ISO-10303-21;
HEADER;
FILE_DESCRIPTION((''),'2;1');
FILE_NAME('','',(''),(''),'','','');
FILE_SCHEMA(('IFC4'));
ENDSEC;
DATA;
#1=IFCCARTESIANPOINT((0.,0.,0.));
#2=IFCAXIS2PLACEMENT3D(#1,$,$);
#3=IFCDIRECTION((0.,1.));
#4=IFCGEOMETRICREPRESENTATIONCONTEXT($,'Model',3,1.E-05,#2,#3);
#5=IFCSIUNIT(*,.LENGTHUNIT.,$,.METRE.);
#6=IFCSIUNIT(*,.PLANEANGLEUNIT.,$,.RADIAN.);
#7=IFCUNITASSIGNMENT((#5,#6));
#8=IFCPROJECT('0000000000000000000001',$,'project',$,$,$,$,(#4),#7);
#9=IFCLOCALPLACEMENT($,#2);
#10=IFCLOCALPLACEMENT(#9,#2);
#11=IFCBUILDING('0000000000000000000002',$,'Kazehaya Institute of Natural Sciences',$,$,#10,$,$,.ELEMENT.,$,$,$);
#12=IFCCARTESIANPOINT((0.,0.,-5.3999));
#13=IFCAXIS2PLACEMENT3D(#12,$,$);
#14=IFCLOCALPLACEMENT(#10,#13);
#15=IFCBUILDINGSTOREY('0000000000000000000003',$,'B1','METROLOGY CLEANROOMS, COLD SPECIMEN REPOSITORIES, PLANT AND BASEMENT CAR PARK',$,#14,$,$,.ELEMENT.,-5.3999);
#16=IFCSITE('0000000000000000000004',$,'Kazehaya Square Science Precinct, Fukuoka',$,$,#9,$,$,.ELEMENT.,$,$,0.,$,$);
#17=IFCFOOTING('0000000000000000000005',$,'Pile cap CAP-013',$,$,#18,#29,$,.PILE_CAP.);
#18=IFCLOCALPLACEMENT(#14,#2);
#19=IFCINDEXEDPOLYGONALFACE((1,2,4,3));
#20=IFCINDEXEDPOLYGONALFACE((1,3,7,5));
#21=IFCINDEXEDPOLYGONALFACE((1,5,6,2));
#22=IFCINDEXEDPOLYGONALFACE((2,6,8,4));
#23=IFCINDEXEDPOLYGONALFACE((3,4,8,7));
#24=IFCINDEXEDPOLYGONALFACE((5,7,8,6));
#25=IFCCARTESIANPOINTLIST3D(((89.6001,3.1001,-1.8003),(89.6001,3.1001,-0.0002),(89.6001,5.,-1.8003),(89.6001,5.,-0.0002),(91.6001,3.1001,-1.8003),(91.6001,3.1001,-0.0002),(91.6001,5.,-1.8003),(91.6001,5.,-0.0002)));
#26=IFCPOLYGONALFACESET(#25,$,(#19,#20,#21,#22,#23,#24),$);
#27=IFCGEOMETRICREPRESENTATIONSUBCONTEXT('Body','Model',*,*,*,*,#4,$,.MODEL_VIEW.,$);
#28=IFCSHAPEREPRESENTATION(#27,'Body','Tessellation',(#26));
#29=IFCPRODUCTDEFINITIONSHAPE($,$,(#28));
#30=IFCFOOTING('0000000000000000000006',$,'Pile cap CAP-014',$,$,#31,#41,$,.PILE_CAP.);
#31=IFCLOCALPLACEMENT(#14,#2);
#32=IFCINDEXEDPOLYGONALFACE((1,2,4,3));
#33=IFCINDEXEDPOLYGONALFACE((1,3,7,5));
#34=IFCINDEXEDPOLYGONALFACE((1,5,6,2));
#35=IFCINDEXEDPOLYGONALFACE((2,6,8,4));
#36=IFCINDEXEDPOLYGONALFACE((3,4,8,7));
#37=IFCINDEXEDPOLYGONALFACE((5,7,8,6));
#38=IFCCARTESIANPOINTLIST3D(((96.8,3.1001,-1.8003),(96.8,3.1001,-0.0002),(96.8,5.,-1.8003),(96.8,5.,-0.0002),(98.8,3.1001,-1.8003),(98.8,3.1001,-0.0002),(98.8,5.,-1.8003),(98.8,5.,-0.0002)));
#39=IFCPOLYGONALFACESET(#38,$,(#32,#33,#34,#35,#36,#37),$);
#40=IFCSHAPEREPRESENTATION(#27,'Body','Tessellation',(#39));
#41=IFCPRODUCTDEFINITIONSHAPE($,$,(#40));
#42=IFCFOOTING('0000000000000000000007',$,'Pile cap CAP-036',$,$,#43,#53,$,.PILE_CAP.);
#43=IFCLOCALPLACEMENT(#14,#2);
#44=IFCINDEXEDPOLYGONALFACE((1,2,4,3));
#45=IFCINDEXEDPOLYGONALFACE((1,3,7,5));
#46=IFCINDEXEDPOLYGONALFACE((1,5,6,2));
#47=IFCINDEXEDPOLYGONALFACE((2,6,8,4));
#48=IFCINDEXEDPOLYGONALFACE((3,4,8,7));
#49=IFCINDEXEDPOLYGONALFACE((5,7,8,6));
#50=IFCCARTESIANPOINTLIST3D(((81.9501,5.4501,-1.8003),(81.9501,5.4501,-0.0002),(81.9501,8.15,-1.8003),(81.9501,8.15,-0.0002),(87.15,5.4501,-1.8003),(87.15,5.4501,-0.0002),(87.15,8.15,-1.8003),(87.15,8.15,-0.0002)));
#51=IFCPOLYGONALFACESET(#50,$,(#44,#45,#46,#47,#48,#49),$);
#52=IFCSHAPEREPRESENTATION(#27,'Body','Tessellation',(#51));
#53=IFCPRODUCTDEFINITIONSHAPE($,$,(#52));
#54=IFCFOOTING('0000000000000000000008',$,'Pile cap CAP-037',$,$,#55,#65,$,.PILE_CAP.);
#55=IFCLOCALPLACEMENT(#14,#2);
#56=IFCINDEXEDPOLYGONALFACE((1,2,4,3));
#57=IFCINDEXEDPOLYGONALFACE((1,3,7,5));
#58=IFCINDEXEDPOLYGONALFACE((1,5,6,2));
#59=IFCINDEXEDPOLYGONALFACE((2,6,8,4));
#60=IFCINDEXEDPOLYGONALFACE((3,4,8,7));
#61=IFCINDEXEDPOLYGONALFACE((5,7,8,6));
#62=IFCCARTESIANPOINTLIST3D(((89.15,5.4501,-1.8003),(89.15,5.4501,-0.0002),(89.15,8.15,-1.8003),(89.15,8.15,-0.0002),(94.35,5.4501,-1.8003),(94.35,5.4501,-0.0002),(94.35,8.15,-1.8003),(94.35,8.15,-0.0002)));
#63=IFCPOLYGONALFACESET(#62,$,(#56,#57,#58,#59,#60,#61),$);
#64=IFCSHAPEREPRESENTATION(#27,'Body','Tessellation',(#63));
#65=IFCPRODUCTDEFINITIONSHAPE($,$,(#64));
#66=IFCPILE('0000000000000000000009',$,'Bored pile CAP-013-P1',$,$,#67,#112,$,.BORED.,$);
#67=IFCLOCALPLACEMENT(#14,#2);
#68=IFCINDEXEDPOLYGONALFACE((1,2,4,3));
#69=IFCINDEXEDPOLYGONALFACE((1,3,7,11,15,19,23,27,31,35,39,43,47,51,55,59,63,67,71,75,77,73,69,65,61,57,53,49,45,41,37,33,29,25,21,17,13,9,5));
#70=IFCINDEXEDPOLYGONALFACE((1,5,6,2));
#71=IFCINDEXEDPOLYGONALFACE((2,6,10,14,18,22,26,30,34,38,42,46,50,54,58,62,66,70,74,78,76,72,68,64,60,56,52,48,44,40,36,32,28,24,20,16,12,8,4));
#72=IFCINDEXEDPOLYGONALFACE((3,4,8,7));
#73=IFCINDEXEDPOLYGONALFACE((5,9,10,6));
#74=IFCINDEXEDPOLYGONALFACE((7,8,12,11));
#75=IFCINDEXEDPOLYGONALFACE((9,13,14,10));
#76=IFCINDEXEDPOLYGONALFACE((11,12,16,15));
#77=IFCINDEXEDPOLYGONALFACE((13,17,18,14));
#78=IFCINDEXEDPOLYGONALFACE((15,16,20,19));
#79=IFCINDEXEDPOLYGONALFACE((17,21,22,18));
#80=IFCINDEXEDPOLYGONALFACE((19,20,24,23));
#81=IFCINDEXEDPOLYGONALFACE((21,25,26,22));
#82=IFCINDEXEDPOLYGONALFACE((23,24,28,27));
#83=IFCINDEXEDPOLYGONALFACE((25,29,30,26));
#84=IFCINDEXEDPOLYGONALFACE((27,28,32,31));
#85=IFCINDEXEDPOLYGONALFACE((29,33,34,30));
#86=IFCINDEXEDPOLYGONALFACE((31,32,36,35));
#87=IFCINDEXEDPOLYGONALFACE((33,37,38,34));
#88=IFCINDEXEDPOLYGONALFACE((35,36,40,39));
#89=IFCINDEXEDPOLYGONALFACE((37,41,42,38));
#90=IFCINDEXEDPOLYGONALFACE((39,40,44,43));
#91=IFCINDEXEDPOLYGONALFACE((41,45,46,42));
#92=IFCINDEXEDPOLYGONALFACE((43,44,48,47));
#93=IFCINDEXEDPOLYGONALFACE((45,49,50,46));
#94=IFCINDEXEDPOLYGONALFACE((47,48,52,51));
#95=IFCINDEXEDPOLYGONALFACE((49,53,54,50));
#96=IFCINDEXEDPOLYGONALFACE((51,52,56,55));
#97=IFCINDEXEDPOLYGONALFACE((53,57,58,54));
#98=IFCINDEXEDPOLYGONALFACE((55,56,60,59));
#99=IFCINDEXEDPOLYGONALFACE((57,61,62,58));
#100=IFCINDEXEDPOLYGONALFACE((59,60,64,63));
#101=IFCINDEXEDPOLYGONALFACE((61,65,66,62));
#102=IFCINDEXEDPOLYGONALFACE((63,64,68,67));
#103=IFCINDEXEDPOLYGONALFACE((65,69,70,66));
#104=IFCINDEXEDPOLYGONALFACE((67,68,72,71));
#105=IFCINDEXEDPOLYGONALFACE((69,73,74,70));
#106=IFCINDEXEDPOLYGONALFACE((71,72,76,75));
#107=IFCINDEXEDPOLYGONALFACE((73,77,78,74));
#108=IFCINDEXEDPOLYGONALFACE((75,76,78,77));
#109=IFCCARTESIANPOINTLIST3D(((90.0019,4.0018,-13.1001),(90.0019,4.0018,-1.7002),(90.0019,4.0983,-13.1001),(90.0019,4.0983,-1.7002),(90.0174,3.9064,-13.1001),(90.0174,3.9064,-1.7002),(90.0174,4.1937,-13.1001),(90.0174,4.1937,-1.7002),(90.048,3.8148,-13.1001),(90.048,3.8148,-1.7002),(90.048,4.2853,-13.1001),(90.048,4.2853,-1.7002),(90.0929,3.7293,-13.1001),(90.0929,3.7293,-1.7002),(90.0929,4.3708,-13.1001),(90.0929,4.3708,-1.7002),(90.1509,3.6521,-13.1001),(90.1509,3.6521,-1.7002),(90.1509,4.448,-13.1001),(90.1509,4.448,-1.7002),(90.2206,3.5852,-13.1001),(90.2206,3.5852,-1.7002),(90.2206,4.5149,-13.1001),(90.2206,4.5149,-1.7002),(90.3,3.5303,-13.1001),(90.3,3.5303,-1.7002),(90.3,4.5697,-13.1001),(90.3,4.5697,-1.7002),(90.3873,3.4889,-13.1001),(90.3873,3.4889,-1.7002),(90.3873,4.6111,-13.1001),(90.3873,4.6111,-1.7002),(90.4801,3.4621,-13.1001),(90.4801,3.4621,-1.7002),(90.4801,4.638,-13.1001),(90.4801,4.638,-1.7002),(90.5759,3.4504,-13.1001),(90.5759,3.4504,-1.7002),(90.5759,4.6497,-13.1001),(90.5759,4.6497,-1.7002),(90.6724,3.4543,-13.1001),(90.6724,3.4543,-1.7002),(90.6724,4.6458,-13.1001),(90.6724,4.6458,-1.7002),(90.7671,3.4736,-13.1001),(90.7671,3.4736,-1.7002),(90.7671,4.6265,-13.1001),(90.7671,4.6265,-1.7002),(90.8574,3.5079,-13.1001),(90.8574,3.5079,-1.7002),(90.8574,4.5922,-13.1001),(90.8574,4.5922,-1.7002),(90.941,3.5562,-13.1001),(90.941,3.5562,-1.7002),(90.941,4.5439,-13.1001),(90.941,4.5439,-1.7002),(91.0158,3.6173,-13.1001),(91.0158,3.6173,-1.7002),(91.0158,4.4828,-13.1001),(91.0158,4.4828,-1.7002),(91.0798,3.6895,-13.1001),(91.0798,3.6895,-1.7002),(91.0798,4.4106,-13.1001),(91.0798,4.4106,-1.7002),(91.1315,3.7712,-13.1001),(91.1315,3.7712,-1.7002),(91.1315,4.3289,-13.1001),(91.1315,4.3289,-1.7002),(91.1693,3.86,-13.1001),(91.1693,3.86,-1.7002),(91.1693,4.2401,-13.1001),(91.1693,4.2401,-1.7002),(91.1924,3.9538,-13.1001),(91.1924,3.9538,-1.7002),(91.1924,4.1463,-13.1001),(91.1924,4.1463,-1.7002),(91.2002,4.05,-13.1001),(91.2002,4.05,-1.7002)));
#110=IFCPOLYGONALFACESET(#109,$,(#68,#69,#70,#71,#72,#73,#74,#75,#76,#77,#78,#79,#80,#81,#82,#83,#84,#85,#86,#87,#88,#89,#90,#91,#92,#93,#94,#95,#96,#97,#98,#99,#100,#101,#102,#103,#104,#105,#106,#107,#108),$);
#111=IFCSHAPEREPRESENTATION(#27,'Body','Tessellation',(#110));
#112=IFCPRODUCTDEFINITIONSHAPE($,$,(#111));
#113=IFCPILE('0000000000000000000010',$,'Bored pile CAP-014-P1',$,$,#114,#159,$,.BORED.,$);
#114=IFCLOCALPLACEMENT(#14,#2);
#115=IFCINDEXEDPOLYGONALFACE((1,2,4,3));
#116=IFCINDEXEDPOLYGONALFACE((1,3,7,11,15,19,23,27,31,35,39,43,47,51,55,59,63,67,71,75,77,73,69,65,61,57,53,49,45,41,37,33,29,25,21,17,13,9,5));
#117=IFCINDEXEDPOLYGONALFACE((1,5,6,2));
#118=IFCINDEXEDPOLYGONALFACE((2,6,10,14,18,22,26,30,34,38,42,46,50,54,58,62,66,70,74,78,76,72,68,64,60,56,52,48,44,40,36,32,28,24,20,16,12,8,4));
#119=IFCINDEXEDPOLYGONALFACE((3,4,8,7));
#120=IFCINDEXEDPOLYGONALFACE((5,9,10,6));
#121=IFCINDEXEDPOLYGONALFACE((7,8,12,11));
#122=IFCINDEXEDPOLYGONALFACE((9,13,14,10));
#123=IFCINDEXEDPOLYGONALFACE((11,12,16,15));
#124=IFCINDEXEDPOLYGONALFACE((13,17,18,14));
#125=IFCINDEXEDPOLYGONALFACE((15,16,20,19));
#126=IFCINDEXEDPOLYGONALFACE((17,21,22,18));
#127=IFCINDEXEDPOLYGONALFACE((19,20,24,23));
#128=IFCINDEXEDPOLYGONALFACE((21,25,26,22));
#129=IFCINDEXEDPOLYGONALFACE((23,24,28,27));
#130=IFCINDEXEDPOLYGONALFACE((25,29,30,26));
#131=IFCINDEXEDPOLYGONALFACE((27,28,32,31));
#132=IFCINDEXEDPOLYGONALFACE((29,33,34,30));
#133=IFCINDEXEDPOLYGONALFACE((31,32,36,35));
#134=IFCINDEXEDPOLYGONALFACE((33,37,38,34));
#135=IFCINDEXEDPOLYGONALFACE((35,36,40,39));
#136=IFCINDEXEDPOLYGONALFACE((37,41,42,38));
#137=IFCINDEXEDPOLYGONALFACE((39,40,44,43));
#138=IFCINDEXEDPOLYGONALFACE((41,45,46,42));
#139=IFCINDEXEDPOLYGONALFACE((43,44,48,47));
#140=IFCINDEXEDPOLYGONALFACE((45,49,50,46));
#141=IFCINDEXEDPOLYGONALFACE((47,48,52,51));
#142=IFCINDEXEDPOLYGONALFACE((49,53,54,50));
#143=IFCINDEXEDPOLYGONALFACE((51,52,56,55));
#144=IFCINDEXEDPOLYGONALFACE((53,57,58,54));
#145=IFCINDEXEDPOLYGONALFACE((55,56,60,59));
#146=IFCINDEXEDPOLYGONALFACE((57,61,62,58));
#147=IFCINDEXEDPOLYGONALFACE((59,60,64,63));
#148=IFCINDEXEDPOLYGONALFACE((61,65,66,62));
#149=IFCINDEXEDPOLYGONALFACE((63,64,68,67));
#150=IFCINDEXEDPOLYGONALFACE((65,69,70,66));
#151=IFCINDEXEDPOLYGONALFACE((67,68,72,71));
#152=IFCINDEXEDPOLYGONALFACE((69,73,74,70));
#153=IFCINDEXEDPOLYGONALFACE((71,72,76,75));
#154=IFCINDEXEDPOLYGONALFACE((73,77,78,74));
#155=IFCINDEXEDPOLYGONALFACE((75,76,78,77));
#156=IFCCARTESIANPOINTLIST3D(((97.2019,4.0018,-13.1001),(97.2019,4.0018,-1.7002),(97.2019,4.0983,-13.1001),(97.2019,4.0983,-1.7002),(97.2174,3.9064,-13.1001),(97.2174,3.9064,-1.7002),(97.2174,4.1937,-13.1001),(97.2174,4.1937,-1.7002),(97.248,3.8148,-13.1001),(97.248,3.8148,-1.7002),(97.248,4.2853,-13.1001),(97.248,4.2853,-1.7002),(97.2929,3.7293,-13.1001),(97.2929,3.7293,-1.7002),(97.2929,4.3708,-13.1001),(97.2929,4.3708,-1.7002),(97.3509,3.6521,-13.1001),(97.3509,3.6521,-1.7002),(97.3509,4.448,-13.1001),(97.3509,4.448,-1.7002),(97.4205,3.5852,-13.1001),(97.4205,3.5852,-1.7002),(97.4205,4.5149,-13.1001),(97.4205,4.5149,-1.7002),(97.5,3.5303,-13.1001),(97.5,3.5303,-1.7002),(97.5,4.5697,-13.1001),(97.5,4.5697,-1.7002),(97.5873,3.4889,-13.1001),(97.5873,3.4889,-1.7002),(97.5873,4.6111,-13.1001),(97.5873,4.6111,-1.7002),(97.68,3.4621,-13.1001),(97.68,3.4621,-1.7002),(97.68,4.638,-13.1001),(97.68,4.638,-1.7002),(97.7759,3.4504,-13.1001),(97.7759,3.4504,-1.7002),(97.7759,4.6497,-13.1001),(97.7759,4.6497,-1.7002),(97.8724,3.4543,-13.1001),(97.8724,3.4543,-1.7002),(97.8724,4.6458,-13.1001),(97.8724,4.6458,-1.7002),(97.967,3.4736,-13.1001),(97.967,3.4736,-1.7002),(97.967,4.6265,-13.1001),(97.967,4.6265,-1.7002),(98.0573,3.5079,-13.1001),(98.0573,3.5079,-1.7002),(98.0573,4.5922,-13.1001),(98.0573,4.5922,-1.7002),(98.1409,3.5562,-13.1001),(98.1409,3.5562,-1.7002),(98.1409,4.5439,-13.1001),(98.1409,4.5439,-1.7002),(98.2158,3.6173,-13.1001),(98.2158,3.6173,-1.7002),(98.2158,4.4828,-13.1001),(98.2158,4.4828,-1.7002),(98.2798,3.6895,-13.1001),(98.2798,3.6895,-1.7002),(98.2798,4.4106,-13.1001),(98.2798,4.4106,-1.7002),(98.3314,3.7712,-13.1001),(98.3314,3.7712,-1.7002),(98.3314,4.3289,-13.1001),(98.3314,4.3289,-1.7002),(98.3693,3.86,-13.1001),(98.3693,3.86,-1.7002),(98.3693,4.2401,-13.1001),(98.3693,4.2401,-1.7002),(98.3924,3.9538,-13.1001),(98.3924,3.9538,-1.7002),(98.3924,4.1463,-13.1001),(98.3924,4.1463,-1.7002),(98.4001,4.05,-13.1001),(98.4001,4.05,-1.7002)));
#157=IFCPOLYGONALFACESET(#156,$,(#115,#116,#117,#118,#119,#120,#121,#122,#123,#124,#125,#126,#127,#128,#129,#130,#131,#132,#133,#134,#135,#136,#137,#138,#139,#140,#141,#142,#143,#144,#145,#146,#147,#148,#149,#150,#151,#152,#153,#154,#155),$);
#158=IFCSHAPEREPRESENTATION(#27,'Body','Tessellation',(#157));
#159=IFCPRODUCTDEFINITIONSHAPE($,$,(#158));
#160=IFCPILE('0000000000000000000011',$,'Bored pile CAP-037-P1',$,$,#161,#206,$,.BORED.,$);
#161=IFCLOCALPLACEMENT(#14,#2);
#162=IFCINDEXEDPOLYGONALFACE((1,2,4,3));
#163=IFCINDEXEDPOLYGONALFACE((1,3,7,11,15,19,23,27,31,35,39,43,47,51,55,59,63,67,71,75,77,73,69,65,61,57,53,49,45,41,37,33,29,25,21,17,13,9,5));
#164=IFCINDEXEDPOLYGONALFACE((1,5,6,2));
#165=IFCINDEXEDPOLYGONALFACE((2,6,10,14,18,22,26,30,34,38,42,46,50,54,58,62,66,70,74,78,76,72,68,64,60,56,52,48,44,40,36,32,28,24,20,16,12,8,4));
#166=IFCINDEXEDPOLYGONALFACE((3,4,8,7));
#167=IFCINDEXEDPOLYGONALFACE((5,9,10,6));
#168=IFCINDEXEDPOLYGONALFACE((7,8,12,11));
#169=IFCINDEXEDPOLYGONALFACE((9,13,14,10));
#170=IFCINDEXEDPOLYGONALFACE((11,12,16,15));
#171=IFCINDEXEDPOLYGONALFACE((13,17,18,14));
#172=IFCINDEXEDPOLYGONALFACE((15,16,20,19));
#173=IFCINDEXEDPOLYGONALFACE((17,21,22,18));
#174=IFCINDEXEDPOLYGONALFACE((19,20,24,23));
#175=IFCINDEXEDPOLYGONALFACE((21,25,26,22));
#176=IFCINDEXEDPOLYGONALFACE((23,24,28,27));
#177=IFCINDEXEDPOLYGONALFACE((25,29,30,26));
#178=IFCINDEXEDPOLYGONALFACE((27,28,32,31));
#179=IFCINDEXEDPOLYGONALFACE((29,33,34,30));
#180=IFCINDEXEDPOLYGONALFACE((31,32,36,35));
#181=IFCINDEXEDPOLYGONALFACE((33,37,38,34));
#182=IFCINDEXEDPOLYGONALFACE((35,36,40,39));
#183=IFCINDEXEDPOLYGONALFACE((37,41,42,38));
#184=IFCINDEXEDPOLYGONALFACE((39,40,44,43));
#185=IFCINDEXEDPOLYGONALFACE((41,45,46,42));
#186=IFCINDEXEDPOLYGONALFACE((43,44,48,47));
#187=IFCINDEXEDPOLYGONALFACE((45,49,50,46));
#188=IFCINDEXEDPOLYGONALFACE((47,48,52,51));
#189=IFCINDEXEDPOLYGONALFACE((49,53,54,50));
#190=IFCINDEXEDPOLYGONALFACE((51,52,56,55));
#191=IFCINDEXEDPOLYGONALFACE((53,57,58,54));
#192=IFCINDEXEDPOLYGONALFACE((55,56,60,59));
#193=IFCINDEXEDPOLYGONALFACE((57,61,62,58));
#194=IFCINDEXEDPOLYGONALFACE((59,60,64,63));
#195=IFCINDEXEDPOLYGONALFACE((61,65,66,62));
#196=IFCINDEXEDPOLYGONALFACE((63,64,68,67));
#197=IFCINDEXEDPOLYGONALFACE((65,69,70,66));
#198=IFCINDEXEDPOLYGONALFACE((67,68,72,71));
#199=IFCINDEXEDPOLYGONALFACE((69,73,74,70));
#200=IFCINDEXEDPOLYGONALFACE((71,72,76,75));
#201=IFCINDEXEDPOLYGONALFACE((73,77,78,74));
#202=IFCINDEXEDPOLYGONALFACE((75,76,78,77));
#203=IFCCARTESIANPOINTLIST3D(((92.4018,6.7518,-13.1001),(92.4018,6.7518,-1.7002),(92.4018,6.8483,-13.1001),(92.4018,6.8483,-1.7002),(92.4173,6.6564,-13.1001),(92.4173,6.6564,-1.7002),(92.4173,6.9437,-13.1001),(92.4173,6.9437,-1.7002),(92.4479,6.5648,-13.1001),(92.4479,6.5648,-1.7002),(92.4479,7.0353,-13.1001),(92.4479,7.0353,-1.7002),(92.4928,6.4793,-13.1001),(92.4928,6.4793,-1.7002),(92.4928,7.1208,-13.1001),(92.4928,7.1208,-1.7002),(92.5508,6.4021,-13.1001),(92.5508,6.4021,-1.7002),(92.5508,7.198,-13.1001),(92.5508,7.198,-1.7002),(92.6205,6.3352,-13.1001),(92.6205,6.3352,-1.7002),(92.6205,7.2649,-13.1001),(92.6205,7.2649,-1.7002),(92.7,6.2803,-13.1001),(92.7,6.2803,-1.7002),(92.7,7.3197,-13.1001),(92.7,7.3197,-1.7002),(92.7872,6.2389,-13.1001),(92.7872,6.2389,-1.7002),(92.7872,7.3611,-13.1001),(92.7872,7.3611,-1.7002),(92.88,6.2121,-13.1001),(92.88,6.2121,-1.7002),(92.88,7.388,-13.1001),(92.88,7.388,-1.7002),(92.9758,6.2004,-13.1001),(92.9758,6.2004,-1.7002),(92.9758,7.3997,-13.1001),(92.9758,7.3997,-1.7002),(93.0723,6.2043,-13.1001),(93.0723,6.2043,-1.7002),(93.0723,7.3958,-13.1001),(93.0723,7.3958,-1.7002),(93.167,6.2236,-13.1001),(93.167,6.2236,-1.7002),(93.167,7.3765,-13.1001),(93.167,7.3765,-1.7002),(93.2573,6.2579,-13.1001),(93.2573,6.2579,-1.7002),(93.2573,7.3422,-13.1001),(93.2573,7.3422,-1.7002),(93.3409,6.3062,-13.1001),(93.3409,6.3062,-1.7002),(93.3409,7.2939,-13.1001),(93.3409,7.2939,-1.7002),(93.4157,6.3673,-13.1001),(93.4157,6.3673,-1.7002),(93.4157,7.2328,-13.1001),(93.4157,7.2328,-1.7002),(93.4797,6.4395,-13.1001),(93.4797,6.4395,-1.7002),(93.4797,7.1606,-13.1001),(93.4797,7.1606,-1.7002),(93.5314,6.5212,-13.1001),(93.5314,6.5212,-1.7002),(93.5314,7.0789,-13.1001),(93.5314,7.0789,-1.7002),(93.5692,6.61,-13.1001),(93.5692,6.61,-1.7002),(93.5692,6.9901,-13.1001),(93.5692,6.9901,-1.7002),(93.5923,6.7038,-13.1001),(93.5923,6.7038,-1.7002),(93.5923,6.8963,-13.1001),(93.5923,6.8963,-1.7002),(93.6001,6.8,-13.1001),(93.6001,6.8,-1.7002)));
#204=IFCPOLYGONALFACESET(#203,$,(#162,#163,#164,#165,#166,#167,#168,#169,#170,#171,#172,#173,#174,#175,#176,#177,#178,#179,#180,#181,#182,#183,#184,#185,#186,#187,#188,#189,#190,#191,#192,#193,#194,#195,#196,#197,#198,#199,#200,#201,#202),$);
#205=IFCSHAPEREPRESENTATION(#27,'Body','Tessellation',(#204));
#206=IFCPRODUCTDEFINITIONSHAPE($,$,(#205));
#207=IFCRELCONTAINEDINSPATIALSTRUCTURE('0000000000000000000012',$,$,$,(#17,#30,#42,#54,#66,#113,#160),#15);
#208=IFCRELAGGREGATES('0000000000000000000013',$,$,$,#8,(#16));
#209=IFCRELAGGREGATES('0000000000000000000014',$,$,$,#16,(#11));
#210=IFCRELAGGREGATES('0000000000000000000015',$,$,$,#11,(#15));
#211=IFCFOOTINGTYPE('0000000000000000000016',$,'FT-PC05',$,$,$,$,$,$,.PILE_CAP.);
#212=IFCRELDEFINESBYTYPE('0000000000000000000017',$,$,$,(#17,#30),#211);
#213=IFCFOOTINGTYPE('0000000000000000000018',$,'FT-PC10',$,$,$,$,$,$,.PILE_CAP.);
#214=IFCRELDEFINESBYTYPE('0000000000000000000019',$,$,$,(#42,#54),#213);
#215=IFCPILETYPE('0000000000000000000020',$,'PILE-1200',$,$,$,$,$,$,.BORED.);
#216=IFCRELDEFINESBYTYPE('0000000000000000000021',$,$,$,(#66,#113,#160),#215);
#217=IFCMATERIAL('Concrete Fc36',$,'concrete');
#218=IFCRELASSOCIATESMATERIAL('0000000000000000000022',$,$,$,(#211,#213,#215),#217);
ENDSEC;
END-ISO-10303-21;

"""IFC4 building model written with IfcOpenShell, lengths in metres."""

from ifc_helpers import new_model, si_unit, direction, frame, origin, origin_2d, place, context, subcontext, project, spatial, rectangle, circle, extrude, material, material_profile, profile_set, type_object, element, save


model = new_model("IFC4")

# Units and contexts
model_context = context("Model", 3, precision=1e-05, world=origin(), true_north=direction((0.0, 1.0)))
body_context = subcontext(model_context, "Body", "Model", "MODEL_VIEW")
ifc_project = project(units=[si_unit("LENGTHUNIT", "METRE"), si_unit("PLANEANGLEUNIT", "RADIAN")], contexts=[model_context])

# Site, building, storey
site_placement = place(None, origin())
site = spatial("IfcSite", under=ifc_project, at=site_placement, Name="Kazehaya Square Science Precinct, Fukuoka", CompositionType="ELEMENT", RefElevation=0.0)
building_placement = place(site_placement, origin())
building = spatial("IfcBuilding", under=site, at=building_placement, Name="Kazehaya Institute of Natural Sciences", CompositionType="ELEMENT")
storey_placement = place(building_placement, frame((0.0, 0.0, -5.3999)))
storey = spatial("IfcBuildingStorey", under=building, at=storey_placement, Name="B1", Description="METROLOGY CLEANROOMS, COLD SPECIMEN REPOSITORIES, PLANT AND BASEMENT CAR PARK", CompositionType="ELEMENT", Elevation=-5.3999)

# Footings
ifc_material_1 = material(Name="Concrete Fc36", Category="concrete")
footing_type_1 = type_object("IfcFootingType", Name="FT-PC05", PredefinedType="PILE_CAP", material=ifc_material_1)
for number, where, z_axis, x_axis, name in (
    (1, (90.6001, 4.05, -1.8003), (0.0, 0.0, 1.0), (1.0, 0.0, 0.0), "Pile cap CAP-013"),
    (2, (97.8, 4.05, -1.8003), (0.0, 0.0, 1.0), (1.0, 0.0, 0.0), "Pile cap CAP-014"),
):
    element("IfcFooting", number, at=place(storey_placement, frame(where, z_axis=z_axis, x_axis=x_axis)), inside=storey, type_object=footing_type_1, Name=name, PredefinedType="PILE_CAP", context=body_context, shape_type="SweptSolid", body=[
        extrude(rectangle(XDim=2.0, YDim=1.8999, at=origin_2d()), origin(), (0.0, 0.0, 1.0), 1.8),
    ])
footing_type_2 = type_object("IfcFootingType", Name="FT-PC10", PredefinedType="PILE_CAP", material=ifc_material_1)
for number, where, z_axis, x_axis, name in (
    (3, (84.55, 6.8, -1.8003), (0.0, 0.0, 1.0), (1.0, 0.0, 0.0), "Pile cap CAP-036"),
    (4, (91.75, 6.8, -1.8003), (0.0, 0.0, 1.0), (1.0, 0.0, 0.0), "Pile cap CAP-037"),
):
    element("IfcFooting", number, at=place(storey_placement, frame(where, z_axis=z_axis, x_axis=x_axis)), inside=storey, type_object=footing_type_2, Name=name, PredefinedType="PILE_CAP", context=body_context, shape_type="SweptSolid", body=[
        extrude(rectangle(XDim=5.2, YDim=2.7, at=origin_2d()), origin(), (0.0, 0.0, 1.0), 1.8),
    ])

# Piles
ifc_material_profile_1 = material_profile(ifc_material_1, circle(Radius=0.6001, at=origin_2d()), Name="PILE-1200")
ifc_profile_set_1 = profile_set([ifc_material_profile_1], Name="Concrete Fc36")
pile_type_1 = type_object("IfcPileType", Name="PILE-1200", PredefinedType="BORED", material=ifc_profile_set_1)
for number, where, z_axis, x_axis, name in (
    (5, (90.6001, 4.05, -1.7002), (0.0, 0.0, -1.0), (1.0, 0.0, 0.0), "Bored pile CAP-013-P1"),
    (6, (97.8, 4.05, -1.7002), (0.0, 0.0, -1.0), (1.0, 0.0, 0.0), "Bored pile CAP-014-P1"),
    (7, (93.0, 6.8, -1.7002), (0.0, 0.0, -1.0), (1.0, 0.0, 0.0), "Bored pile CAP-037-P1"),
):
    element("IfcPile", number, at=place(storey_placement, frame(where, z_axis=z_axis, x_axis=x_axis)), inside=storey, type_object=pile_type_1, Name=name, PredefinedType="BORED", context=body_context, shape_type="SweptSolid", body=[
        extrude(circle(Radius=0.6001, at=origin_2d()), origin(), (0.0, 0.0, 1.0), 11.3999),
    ])

save(model, "model.ifc")
